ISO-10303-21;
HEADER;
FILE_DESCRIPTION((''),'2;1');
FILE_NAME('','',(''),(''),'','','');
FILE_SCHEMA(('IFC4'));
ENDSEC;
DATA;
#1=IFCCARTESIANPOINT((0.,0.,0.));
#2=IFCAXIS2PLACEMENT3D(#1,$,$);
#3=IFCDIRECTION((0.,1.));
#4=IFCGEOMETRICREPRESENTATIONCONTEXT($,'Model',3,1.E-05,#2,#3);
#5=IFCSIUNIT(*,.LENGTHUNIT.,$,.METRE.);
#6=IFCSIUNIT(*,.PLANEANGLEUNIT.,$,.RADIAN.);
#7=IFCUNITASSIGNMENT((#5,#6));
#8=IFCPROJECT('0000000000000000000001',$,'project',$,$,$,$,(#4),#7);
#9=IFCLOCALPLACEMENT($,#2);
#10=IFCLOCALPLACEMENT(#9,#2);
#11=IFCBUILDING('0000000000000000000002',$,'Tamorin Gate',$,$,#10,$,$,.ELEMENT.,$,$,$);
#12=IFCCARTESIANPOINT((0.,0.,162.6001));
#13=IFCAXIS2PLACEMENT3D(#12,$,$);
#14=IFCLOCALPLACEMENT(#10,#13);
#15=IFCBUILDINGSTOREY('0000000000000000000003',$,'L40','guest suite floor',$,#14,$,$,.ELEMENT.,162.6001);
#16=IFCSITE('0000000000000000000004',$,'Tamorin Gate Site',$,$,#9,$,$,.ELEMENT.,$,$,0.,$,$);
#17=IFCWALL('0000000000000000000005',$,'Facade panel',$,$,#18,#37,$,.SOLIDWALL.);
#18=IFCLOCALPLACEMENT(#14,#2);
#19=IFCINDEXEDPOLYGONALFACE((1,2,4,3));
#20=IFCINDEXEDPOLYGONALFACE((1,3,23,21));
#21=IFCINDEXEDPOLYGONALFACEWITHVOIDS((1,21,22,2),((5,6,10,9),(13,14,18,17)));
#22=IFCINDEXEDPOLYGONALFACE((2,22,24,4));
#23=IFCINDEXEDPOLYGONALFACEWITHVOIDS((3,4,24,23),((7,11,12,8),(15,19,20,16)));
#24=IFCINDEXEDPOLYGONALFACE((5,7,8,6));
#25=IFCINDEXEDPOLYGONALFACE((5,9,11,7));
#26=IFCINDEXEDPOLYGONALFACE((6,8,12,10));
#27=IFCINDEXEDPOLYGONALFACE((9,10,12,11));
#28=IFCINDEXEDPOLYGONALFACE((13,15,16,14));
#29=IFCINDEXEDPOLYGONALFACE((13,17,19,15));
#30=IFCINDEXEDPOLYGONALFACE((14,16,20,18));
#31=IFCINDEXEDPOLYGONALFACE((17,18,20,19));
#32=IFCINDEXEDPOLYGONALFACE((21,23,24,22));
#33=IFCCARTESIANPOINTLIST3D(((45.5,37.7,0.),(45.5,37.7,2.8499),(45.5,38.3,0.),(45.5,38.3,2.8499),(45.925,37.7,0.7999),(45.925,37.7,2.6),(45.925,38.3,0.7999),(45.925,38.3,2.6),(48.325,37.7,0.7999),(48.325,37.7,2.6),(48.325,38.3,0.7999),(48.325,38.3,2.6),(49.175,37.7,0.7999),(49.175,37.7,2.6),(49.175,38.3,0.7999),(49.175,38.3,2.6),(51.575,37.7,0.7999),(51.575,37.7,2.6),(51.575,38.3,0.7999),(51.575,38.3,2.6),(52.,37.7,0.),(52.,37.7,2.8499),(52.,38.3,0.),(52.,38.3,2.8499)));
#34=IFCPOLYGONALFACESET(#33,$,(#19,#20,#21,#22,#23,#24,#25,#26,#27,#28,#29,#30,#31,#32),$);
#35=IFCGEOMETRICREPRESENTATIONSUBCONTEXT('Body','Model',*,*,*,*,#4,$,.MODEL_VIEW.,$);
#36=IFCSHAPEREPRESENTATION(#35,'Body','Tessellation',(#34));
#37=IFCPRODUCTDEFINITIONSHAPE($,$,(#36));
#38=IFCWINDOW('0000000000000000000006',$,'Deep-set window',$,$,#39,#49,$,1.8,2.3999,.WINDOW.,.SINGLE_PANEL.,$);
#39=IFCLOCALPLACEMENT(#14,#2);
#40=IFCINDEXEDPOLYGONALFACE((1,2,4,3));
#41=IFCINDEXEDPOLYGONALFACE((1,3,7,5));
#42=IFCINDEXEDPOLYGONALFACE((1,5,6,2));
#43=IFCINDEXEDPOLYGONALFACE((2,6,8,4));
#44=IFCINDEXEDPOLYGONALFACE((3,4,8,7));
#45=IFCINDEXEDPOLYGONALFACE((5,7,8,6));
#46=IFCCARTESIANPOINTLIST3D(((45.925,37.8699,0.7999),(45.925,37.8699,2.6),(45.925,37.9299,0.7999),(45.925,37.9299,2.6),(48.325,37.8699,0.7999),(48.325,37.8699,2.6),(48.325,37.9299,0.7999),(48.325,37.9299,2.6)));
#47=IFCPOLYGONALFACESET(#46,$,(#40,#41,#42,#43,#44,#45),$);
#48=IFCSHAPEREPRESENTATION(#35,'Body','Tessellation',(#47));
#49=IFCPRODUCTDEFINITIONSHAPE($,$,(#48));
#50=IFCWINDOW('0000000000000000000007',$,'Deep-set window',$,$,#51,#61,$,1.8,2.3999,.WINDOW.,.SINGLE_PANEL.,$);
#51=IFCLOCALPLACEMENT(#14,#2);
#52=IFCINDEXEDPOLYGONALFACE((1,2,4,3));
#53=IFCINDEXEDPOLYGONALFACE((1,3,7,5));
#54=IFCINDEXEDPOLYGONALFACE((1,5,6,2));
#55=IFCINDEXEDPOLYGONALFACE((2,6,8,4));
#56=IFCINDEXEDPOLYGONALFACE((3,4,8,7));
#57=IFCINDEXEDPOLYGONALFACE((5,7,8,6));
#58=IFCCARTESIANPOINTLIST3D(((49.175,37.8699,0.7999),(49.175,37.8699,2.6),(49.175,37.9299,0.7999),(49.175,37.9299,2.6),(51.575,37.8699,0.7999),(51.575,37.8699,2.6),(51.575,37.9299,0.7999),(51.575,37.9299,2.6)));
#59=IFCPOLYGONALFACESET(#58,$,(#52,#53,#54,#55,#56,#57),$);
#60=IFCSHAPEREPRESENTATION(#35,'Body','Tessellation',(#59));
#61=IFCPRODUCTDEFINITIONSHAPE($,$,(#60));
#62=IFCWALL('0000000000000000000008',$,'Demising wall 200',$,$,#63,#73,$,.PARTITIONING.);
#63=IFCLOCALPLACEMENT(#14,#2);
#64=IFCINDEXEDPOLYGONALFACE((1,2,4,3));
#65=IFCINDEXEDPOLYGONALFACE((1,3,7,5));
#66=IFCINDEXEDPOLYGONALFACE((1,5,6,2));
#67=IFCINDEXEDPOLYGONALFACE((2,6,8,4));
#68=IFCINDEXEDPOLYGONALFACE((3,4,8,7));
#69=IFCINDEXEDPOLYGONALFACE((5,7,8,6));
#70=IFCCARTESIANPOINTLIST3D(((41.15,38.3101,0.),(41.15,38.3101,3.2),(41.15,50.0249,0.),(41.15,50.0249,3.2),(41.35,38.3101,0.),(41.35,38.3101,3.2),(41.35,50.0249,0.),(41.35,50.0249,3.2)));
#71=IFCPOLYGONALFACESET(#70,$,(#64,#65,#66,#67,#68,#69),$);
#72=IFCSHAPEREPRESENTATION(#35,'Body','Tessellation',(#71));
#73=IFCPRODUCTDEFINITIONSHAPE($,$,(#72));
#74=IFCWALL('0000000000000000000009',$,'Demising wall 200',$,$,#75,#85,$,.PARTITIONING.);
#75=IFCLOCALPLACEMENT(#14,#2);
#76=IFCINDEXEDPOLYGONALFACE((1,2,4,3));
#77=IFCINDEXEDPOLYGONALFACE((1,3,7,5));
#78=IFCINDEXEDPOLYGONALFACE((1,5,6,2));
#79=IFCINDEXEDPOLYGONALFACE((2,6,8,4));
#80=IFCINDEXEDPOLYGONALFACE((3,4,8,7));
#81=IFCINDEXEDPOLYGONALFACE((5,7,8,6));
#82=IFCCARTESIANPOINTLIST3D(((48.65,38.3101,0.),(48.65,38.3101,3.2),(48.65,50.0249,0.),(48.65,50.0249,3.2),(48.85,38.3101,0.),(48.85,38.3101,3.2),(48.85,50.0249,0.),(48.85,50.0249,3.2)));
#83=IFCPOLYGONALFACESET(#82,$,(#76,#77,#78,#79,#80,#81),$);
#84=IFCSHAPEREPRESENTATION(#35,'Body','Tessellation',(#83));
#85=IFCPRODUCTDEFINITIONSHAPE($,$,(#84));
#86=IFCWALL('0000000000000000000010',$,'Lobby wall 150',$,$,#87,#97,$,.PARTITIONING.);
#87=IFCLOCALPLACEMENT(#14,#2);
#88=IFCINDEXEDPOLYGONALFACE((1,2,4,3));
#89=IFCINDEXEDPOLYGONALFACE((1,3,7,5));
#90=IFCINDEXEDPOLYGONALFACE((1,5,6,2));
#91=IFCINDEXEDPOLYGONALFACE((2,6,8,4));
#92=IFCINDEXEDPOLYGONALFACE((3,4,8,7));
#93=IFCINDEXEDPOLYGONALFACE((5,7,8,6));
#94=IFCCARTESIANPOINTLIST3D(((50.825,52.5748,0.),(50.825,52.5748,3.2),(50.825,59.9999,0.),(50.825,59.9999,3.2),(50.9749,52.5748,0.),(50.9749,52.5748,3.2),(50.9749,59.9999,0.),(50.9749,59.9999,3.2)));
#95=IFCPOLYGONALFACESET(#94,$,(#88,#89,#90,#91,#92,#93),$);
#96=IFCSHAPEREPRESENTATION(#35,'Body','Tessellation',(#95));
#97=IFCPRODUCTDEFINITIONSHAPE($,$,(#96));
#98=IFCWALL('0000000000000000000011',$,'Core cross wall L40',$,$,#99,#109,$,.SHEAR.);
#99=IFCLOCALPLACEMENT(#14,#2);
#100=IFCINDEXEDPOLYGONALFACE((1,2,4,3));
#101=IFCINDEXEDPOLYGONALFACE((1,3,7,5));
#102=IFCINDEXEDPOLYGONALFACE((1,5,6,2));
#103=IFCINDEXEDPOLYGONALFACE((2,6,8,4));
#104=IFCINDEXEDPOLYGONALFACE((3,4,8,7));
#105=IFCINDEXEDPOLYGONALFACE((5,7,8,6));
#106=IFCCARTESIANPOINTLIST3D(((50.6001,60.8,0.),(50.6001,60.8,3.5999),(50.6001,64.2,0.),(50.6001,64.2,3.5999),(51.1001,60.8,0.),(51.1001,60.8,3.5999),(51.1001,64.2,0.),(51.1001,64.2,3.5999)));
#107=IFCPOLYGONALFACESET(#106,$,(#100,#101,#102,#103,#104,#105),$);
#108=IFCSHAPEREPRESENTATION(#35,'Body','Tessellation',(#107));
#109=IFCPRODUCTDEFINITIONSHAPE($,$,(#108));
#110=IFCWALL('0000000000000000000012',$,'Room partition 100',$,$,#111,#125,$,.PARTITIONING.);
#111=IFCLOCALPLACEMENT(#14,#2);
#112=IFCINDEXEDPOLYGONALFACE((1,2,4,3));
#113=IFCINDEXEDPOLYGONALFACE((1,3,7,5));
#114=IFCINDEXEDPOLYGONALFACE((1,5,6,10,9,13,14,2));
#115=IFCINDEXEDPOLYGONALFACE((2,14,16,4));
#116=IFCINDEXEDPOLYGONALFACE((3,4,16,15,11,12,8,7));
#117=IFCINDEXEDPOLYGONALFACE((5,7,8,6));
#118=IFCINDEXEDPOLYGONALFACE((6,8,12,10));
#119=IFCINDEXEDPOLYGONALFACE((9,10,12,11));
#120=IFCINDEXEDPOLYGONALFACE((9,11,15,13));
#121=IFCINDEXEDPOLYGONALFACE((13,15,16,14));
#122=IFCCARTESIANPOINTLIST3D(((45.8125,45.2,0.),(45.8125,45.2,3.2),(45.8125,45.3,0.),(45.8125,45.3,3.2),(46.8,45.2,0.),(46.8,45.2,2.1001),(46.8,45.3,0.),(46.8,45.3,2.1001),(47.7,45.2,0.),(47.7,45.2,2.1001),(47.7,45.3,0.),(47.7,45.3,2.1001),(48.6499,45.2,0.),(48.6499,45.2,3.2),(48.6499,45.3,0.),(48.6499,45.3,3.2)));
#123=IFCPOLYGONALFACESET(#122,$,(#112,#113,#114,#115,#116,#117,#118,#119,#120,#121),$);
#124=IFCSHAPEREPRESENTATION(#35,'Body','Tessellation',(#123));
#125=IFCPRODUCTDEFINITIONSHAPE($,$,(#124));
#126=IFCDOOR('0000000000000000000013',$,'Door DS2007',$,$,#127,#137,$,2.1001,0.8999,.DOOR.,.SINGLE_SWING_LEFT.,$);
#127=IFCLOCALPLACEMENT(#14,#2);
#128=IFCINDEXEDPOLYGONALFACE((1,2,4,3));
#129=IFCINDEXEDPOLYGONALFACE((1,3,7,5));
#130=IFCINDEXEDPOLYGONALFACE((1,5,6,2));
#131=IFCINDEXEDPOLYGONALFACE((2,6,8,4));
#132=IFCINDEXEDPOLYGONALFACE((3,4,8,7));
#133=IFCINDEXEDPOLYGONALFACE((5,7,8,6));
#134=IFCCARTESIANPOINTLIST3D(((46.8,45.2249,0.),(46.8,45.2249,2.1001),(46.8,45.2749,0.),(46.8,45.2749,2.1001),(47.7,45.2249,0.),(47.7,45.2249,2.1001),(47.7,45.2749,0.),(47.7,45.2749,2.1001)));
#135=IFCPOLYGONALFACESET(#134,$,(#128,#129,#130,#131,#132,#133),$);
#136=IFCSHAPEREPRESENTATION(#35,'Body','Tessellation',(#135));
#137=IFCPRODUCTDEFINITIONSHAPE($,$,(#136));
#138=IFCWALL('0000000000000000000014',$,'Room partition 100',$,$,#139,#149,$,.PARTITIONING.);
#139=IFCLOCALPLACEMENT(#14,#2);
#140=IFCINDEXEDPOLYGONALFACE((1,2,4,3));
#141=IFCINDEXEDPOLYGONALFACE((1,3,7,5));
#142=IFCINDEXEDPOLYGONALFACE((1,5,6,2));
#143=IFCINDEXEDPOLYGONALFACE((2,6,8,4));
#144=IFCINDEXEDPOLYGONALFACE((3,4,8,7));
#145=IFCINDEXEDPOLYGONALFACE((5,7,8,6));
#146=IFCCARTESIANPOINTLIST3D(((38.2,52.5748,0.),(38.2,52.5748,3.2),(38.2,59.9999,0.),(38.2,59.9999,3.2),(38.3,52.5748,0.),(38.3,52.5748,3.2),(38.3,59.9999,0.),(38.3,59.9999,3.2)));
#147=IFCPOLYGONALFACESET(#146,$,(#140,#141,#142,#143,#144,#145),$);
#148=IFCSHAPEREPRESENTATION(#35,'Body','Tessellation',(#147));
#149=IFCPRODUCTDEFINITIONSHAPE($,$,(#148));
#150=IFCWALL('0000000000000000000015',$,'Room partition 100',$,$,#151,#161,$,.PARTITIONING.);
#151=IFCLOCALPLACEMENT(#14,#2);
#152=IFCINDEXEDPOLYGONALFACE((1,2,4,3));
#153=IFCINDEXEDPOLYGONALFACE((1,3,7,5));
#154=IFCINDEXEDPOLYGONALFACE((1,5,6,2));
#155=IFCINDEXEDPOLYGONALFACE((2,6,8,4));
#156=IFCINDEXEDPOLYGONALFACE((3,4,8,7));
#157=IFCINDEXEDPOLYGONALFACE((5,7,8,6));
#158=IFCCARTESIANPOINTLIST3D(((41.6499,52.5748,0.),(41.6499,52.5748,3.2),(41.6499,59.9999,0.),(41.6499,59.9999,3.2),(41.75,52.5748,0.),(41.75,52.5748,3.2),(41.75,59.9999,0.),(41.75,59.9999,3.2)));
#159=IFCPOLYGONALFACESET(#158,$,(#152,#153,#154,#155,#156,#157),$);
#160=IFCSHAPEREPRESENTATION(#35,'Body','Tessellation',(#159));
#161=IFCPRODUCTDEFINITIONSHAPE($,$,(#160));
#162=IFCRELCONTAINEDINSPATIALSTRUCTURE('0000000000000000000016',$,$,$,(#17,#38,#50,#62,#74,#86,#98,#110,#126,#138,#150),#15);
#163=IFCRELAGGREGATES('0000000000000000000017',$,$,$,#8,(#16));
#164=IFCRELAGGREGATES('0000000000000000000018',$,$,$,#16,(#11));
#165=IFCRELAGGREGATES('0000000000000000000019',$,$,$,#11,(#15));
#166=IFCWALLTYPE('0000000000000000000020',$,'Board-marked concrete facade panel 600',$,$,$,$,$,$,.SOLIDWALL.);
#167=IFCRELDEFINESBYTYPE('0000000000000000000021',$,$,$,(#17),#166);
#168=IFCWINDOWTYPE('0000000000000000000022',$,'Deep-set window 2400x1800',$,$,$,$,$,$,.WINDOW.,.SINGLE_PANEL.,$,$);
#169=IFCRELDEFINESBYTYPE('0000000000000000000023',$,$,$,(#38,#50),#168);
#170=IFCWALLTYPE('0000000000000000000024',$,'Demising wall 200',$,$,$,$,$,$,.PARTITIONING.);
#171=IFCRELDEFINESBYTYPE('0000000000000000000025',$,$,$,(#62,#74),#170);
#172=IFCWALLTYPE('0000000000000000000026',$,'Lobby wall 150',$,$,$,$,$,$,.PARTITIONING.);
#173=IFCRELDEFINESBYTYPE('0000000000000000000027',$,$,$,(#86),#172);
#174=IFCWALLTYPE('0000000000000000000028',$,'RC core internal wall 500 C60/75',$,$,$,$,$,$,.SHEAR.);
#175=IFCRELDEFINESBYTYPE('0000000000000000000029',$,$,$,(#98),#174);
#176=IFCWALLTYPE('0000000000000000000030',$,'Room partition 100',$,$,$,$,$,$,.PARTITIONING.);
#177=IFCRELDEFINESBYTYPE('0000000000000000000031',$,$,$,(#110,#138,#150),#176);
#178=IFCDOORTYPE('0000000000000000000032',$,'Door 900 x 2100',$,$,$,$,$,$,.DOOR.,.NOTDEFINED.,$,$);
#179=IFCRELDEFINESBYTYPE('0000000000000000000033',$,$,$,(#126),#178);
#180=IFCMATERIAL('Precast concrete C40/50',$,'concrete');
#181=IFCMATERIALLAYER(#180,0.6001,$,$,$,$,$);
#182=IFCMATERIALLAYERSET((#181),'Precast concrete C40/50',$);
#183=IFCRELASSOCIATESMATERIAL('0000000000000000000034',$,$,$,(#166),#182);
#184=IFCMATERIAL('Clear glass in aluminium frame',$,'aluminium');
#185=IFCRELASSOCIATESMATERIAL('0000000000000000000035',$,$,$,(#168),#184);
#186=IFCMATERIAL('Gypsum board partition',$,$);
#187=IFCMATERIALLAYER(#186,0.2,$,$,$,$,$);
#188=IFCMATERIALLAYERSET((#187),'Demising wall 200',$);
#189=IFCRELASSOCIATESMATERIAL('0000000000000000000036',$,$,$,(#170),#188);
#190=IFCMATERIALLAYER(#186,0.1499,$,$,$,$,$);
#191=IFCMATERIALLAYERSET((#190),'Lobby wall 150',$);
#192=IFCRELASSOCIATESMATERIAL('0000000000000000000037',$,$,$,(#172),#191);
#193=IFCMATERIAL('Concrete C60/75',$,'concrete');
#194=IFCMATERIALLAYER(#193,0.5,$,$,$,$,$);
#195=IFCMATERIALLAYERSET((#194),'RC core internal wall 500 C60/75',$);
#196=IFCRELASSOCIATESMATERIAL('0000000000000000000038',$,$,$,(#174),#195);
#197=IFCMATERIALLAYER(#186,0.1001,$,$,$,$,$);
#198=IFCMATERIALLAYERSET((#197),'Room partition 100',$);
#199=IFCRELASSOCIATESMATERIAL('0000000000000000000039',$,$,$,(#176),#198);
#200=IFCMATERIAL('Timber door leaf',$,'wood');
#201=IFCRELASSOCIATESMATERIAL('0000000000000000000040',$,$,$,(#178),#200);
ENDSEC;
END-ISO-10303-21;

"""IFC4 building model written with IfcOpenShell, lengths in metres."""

from ifc_helpers import new_model, si_unit, direction, frame, frame_2d, origin, place, context, subcontext, project, spatial, rectangle, extrude, material, layer, layer_set, type_object, element, fill, save


model = new_model("IFC4")

# Units and contexts
model_context = context("Model", 3, precision=1e-05, world=origin(), true_north=direction((0.0, 1.0)))
body_context = subcontext(model_context, "Body", "Model", "MODEL_VIEW")
ifc_project = project(units=[si_unit("LENGTHUNIT", "METRE"), si_unit("PLANEANGLEUNIT", "RADIAN")], contexts=[model_context])

# Site, building, storey
site_placement = place(None, origin())
site = spatial("IfcSite", under=ifc_project, at=site_placement, Name="Tamorin Gate Site", CompositionType="ELEMENT", RefElevation=0.0)
building_placement = place(site_placement, origin())
building = spatial("IfcBuilding", under=site, at=building_placement, Name="Tamorin Gate", CompositionType="ELEMENT")
storey_placement = place(building_placement, frame((0.0, 0.0, 162.6001)))
storey = spatial("IfcBuildingStorey", under=building, at=storey_placement, Name="L40", Description="guest suite floor", CompositionType="ELEMENT", Elevation=162.6001)

# Wall, openings, windows
ifc_material_1 = material(Name="Precast concrete C40/50", Category="concrete")
ifc_layer_1 = layer(ifc_material_1, 0.6001)
ifc_layer_set_1 = layer_set([ifc_layer_1], Name="Precast concrete C40/50")
wall_type_1 = type_object("IfcWallType", Name="Board-marked concrete facade panel 600", PredefinedType="SOLIDWALL", material=ifc_layer_set_1)
ifc_material_2 = material(Name="Clear glass in aluminium frame", Category="aluminium")
window_type = type_object("IfcWindowType", Name="Deep-set window 2400x1800", PartitioningType="SINGLE_PANEL", PredefinedType="WINDOW", material=ifc_material_2)
wall_1_placement = place(storey_placement, frame((45.5, 38.0, 0.0), z_axis=(0.0, 0.0, 1.0), x_axis=(1.0, 0.0, 0.0)))
wall_1 = element("IfcWall", 1, at=wall_1_placement, inside=storey, type_object=wall_type_1, Name="Facade panel", PredefinedType="SOLIDWALL", context=body_context, shape_type="SweptSolid", body=[
    extrude(rectangle(XDim=6.5, YDim=0.6001, at=frame_2d((3.25, 0.0))), origin(), (0.0, 0.0, 1.0), 2.8499),
])
opening_1_placement = place(wall_1_placement, frame((0.425, 0.0, 0.8)))
opening_1 = element("IfcOpeningElement", 2, at=opening_1_placement, cuts=wall_1, PredefinedType="OPENING", context=body_context, shape_type="SweptSolid", body=[
    extrude(rectangle(XDim=2.3999, YDim=1.8, at=frame_2d((1.2, 0.8999))), frame((0.0, 0.3101, 0.0), z_axis=(0.0, -1.0, 0.0), x_axis=(1.0, 0.0, 0.0)), (0.0, 0.0, 1.0), 0.6201),
])
opening_2_placement = place(wall_1_placement, frame((3.675, 0.0, 0.8)))
opening_2 = element("IfcOpeningElement", 3, at=opening_2_placement, cuts=wall_1, PredefinedType="OPENING", context=body_context, shape_type="SweptSolid", body=[
    extrude(rectangle(XDim=2.3999, YDim=1.8, at=frame_2d((1.2, 0.8999))), frame((0.0, 0.3101, 0.0), z_axis=(0.0, -1.0, 0.0), x_axis=(1.0, 0.0, 0.0)), (0.0, 0.0, 1.0), 0.6201),
])
window_1_placement = place(opening_1_placement, origin())
window_1 = element("IfcWindow", 4, at=window_1_placement, inside=storey, type_object=window_type, Name="Deep-set window", OverallHeight=1.8, OverallWidth=2.3999, PartitioningType="SINGLE_PANEL", PredefinedType="WINDOW", context=body_context, shape_type="SweptSolid", body=[
    extrude(rectangle(XDim=2.3999, YDim=1.8, at=frame_2d((1.2, 0.8999))), frame((0.0, -0.0701, 0.0), z_axis=(0.0, -1.0, 0.0), x_axis=(1.0, 0.0, 0.0)), (0.0, 0.0, 1.0), 0.0601),
])
fill(opening_1, window_1)
window_2_placement = place(opening_2_placement, origin())
window_2 = element("IfcWindow", 5, at=window_2_placement, inside=storey, type_object=window_type, Name="Deep-set window", OverallHeight=1.8, OverallWidth=2.3999, PartitioningType="SINGLE_PANEL", PredefinedType="WINDOW", context=body_context, shape_type="SweptSolid", body=[
    extrude(rectangle(XDim=2.3999, YDim=1.8, at=frame_2d((1.2, 0.8999))), frame((0.0, -0.0701, 0.0), z_axis=(0.0, -1.0, 0.0), x_axis=(1.0, 0.0, 0.0)), (0.0, 0.0, 1.0), 0.0601),
])
fill(opening_2, window_2)

# Walls
ifc_material_3 = material(Name="Gypsum board partition")
ifc_layer_2 = layer(ifc_material_3, 0.2)
ifc_layer_set_2 = layer_set([ifc_layer_2], Name="Demising wall 200")
wall_type_2 = type_object("IfcWallType", Name="Demising wall 200", PredefinedType="PARTITIONING", material=ifc_layer_set_2)
for number, where, z_axis, x_axis, name in (
    (6, (41.25, 38.3101, 0.0), (0.0, 0.0, 1.0), (0.0, 1.0, 0.0), "Demising wall 200"),
    (7, (48.75, 38.3101, 0.0), (0.0, 0.0, 1.0), (0.0, 1.0, 0.0), "Demising wall 200"),
):
    element("IfcWall", number, at=place(storey_placement, frame(where, z_axis=z_axis, x_axis=x_axis)), inside=storey, type_object=wall_type_2, Name=name, PredefinedType="PARTITIONING", context=body_context, shape_type="SweptSolid", body=[
        extrude(rectangle(XDim=11.7148, YDim=0.2, at=frame_2d((5.8574, 0.0))), origin(), (0.0, 0.0, 1.0), 3.2),
    ])
ifc_layer_3 = layer(ifc_material_3, 0.1499)
ifc_layer_set_3 = layer_set([ifc_layer_3], Name="Lobby wall 150")
wall_type_3 = type_object("IfcWallType", Name="Lobby wall 150", PredefinedType="PARTITIONING", material=ifc_layer_set_3)
wall_2_placement = place(storey_placement, frame((50.8999, 52.575, 0.0), z_axis=(0.0, 0.0, 1.0), x_axis=(0.0, 1.0, 0.0)))
element("IfcWall", 8, at=wall_2_placement, inside=storey, type_object=wall_type_3, Name="Lobby wall 150", PredefinedType="PARTITIONING", context=body_context, shape_type="SweptSolid", body=[
    extrude(rectangle(XDim=7.425, YDim=0.1499, at=frame_2d((3.7124, 0.0))), origin(), (0.0, 0.0, 1.0), 3.2),
])
ifc_material_4 = material(Name="Concrete C60/75", Category="concrete")
ifc_layer_4 = layer(ifc_material_4, 0.5)
ifc_layer_set_4 = layer_set([ifc_layer_4], Name="RC core internal wall 500 C60/75")
wall_type_4 = type_object("IfcWallType", Name="RC core internal wall 500 C60/75", PredefinedType="SHEAR", material=ifc_layer_set_4)
wall_3_placement = place(storey_placement, frame((50.8501, 60.8, 0.0), z_axis=(0.0, 0.0, 1.0), x_axis=(0.0, 1.0, 0.0)))
element("IfcWall", 9, at=wall_3_placement, inside=storey, type_object=wall_type_4, Name="Core cross wall L40", PredefinedType="SHEAR", context=body_context, shape_type="SweptSolid", body=[
    extrude(rectangle(XDim=3.3999, YDim=0.5, at=frame_2d((1.7, 0.0))), origin(), (0.0, 0.0, 1.0), 3.5999),
])

# Wall, opening, door
ifc_layer_5 = layer(ifc_material_3, 0.1001)
ifc_layer_set_5 = layer_set([ifc_layer_5], Name="Room partition 100")
wall_type_5 = type_object("IfcWallType", Name="Room partition 100", PredefinedType="PARTITIONING", material=ifc_layer_set_5)
wall_4_placement = place(storey_placement, frame((45.8125, 45.25, 0.0), z_axis=(0.0, 0.0, 1.0), x_axis=(1.0, 0.0, 0.0)))
wall_4 = element("IfcWall", 10, at=wall_4_placement, inside=storey, type_object=wall_type_5, Name="Room partition 100", PredefinedType="PARTITIONING", context=body_context, shape_type="SweptSolid", body=[
    extrude(rectangle(XDim=2.8374, YDim=0.1001, at=frame_2d((1.4187, 0.0))), origin(), (0.0, 0.0, 1.0), 3.2),
])
opening_3_placement = place(wall_4_placement, frame((0.9875, 0.0, 0.0)))
opening_3 = element("IfcOpeningElement", 11, at=opening_3_placement, cuts=wall_4, PredefinedType="OPENING", context=body_context, shape_type="SweptSolid", body=[
    extrude(rectangle(XDim=0.8999, YDim=2.1001, at=frame_2d((0.45, 1.05))), frame((0.0, 0.0601, 0.0), z_axis=(0.0, -1.0, 0.0), x_axis=(1.0, 0.0, 0.0)), (0.0, 0.0, 1.0), 0.1201),
])
ifc_material_5 = material(Name="Timber door leaf", Category="wood")
door_type = type_object("IfcDoorType", Name="Door 900 x 2100", OperationType="NOTDEFINED", PredefinedType="DOOR", material=ifc_material_5)
door_1_placement = place(opening_3_placement, origin())
door_1 = element("IfcDoor", 12, at=door_1_placement, inside=storey, type_object=door_type, Name="Door DS2007", OperationType="SINGLE_SWING_LEFT", OverallHeight=2.1001, OverallWidth=0.8999, PredefinedType="DOOR", context=body_context, shape_type="SweptSolid", body=[
    extrude(rectangle(XDim=0.8999, YDim=2.1001, at=frame_2d((0.45, 1.05))), frame((0.0, 0.0249, 0.0), z_axis=(0.0, -1.0, 0.0), x_axis=(1.0, 0.0, 0.0)), (0.0, 0.0, 1.0), 0.05),
])
fill(opening_3, door_1)

# Walls
for number, where, z_axis, x_axis, name in (
    (13, (38.25, 52.575, 0.0), (0.0, 0.0, 1.0), (0.0, 1.0, 0.0), "Room partition 100"),
    (14, (41.7, 52.575, 0.0), (0.0, 0.0, 1.0), (0.0, 1.0, 0.0), "Room partition 100"),
):
    element("IfcWall", number, at=place(storey_placement, frame(where, z_axis=z_axis, x_axis=x_axis)), inside=storey, type_object=wall_type_5, Name=name, PredefinedType="PARTITIONING", context=body_context, shape_type="SweptSolid", body=[
        extrude(rectangle(XDim=7.425, YDim=0.1001, at=frame_2d((3.7124, 0.0))), origin(), (0.0, 0.0, 1.0), 3.2),
    ])

save(model, "model.ifc")
